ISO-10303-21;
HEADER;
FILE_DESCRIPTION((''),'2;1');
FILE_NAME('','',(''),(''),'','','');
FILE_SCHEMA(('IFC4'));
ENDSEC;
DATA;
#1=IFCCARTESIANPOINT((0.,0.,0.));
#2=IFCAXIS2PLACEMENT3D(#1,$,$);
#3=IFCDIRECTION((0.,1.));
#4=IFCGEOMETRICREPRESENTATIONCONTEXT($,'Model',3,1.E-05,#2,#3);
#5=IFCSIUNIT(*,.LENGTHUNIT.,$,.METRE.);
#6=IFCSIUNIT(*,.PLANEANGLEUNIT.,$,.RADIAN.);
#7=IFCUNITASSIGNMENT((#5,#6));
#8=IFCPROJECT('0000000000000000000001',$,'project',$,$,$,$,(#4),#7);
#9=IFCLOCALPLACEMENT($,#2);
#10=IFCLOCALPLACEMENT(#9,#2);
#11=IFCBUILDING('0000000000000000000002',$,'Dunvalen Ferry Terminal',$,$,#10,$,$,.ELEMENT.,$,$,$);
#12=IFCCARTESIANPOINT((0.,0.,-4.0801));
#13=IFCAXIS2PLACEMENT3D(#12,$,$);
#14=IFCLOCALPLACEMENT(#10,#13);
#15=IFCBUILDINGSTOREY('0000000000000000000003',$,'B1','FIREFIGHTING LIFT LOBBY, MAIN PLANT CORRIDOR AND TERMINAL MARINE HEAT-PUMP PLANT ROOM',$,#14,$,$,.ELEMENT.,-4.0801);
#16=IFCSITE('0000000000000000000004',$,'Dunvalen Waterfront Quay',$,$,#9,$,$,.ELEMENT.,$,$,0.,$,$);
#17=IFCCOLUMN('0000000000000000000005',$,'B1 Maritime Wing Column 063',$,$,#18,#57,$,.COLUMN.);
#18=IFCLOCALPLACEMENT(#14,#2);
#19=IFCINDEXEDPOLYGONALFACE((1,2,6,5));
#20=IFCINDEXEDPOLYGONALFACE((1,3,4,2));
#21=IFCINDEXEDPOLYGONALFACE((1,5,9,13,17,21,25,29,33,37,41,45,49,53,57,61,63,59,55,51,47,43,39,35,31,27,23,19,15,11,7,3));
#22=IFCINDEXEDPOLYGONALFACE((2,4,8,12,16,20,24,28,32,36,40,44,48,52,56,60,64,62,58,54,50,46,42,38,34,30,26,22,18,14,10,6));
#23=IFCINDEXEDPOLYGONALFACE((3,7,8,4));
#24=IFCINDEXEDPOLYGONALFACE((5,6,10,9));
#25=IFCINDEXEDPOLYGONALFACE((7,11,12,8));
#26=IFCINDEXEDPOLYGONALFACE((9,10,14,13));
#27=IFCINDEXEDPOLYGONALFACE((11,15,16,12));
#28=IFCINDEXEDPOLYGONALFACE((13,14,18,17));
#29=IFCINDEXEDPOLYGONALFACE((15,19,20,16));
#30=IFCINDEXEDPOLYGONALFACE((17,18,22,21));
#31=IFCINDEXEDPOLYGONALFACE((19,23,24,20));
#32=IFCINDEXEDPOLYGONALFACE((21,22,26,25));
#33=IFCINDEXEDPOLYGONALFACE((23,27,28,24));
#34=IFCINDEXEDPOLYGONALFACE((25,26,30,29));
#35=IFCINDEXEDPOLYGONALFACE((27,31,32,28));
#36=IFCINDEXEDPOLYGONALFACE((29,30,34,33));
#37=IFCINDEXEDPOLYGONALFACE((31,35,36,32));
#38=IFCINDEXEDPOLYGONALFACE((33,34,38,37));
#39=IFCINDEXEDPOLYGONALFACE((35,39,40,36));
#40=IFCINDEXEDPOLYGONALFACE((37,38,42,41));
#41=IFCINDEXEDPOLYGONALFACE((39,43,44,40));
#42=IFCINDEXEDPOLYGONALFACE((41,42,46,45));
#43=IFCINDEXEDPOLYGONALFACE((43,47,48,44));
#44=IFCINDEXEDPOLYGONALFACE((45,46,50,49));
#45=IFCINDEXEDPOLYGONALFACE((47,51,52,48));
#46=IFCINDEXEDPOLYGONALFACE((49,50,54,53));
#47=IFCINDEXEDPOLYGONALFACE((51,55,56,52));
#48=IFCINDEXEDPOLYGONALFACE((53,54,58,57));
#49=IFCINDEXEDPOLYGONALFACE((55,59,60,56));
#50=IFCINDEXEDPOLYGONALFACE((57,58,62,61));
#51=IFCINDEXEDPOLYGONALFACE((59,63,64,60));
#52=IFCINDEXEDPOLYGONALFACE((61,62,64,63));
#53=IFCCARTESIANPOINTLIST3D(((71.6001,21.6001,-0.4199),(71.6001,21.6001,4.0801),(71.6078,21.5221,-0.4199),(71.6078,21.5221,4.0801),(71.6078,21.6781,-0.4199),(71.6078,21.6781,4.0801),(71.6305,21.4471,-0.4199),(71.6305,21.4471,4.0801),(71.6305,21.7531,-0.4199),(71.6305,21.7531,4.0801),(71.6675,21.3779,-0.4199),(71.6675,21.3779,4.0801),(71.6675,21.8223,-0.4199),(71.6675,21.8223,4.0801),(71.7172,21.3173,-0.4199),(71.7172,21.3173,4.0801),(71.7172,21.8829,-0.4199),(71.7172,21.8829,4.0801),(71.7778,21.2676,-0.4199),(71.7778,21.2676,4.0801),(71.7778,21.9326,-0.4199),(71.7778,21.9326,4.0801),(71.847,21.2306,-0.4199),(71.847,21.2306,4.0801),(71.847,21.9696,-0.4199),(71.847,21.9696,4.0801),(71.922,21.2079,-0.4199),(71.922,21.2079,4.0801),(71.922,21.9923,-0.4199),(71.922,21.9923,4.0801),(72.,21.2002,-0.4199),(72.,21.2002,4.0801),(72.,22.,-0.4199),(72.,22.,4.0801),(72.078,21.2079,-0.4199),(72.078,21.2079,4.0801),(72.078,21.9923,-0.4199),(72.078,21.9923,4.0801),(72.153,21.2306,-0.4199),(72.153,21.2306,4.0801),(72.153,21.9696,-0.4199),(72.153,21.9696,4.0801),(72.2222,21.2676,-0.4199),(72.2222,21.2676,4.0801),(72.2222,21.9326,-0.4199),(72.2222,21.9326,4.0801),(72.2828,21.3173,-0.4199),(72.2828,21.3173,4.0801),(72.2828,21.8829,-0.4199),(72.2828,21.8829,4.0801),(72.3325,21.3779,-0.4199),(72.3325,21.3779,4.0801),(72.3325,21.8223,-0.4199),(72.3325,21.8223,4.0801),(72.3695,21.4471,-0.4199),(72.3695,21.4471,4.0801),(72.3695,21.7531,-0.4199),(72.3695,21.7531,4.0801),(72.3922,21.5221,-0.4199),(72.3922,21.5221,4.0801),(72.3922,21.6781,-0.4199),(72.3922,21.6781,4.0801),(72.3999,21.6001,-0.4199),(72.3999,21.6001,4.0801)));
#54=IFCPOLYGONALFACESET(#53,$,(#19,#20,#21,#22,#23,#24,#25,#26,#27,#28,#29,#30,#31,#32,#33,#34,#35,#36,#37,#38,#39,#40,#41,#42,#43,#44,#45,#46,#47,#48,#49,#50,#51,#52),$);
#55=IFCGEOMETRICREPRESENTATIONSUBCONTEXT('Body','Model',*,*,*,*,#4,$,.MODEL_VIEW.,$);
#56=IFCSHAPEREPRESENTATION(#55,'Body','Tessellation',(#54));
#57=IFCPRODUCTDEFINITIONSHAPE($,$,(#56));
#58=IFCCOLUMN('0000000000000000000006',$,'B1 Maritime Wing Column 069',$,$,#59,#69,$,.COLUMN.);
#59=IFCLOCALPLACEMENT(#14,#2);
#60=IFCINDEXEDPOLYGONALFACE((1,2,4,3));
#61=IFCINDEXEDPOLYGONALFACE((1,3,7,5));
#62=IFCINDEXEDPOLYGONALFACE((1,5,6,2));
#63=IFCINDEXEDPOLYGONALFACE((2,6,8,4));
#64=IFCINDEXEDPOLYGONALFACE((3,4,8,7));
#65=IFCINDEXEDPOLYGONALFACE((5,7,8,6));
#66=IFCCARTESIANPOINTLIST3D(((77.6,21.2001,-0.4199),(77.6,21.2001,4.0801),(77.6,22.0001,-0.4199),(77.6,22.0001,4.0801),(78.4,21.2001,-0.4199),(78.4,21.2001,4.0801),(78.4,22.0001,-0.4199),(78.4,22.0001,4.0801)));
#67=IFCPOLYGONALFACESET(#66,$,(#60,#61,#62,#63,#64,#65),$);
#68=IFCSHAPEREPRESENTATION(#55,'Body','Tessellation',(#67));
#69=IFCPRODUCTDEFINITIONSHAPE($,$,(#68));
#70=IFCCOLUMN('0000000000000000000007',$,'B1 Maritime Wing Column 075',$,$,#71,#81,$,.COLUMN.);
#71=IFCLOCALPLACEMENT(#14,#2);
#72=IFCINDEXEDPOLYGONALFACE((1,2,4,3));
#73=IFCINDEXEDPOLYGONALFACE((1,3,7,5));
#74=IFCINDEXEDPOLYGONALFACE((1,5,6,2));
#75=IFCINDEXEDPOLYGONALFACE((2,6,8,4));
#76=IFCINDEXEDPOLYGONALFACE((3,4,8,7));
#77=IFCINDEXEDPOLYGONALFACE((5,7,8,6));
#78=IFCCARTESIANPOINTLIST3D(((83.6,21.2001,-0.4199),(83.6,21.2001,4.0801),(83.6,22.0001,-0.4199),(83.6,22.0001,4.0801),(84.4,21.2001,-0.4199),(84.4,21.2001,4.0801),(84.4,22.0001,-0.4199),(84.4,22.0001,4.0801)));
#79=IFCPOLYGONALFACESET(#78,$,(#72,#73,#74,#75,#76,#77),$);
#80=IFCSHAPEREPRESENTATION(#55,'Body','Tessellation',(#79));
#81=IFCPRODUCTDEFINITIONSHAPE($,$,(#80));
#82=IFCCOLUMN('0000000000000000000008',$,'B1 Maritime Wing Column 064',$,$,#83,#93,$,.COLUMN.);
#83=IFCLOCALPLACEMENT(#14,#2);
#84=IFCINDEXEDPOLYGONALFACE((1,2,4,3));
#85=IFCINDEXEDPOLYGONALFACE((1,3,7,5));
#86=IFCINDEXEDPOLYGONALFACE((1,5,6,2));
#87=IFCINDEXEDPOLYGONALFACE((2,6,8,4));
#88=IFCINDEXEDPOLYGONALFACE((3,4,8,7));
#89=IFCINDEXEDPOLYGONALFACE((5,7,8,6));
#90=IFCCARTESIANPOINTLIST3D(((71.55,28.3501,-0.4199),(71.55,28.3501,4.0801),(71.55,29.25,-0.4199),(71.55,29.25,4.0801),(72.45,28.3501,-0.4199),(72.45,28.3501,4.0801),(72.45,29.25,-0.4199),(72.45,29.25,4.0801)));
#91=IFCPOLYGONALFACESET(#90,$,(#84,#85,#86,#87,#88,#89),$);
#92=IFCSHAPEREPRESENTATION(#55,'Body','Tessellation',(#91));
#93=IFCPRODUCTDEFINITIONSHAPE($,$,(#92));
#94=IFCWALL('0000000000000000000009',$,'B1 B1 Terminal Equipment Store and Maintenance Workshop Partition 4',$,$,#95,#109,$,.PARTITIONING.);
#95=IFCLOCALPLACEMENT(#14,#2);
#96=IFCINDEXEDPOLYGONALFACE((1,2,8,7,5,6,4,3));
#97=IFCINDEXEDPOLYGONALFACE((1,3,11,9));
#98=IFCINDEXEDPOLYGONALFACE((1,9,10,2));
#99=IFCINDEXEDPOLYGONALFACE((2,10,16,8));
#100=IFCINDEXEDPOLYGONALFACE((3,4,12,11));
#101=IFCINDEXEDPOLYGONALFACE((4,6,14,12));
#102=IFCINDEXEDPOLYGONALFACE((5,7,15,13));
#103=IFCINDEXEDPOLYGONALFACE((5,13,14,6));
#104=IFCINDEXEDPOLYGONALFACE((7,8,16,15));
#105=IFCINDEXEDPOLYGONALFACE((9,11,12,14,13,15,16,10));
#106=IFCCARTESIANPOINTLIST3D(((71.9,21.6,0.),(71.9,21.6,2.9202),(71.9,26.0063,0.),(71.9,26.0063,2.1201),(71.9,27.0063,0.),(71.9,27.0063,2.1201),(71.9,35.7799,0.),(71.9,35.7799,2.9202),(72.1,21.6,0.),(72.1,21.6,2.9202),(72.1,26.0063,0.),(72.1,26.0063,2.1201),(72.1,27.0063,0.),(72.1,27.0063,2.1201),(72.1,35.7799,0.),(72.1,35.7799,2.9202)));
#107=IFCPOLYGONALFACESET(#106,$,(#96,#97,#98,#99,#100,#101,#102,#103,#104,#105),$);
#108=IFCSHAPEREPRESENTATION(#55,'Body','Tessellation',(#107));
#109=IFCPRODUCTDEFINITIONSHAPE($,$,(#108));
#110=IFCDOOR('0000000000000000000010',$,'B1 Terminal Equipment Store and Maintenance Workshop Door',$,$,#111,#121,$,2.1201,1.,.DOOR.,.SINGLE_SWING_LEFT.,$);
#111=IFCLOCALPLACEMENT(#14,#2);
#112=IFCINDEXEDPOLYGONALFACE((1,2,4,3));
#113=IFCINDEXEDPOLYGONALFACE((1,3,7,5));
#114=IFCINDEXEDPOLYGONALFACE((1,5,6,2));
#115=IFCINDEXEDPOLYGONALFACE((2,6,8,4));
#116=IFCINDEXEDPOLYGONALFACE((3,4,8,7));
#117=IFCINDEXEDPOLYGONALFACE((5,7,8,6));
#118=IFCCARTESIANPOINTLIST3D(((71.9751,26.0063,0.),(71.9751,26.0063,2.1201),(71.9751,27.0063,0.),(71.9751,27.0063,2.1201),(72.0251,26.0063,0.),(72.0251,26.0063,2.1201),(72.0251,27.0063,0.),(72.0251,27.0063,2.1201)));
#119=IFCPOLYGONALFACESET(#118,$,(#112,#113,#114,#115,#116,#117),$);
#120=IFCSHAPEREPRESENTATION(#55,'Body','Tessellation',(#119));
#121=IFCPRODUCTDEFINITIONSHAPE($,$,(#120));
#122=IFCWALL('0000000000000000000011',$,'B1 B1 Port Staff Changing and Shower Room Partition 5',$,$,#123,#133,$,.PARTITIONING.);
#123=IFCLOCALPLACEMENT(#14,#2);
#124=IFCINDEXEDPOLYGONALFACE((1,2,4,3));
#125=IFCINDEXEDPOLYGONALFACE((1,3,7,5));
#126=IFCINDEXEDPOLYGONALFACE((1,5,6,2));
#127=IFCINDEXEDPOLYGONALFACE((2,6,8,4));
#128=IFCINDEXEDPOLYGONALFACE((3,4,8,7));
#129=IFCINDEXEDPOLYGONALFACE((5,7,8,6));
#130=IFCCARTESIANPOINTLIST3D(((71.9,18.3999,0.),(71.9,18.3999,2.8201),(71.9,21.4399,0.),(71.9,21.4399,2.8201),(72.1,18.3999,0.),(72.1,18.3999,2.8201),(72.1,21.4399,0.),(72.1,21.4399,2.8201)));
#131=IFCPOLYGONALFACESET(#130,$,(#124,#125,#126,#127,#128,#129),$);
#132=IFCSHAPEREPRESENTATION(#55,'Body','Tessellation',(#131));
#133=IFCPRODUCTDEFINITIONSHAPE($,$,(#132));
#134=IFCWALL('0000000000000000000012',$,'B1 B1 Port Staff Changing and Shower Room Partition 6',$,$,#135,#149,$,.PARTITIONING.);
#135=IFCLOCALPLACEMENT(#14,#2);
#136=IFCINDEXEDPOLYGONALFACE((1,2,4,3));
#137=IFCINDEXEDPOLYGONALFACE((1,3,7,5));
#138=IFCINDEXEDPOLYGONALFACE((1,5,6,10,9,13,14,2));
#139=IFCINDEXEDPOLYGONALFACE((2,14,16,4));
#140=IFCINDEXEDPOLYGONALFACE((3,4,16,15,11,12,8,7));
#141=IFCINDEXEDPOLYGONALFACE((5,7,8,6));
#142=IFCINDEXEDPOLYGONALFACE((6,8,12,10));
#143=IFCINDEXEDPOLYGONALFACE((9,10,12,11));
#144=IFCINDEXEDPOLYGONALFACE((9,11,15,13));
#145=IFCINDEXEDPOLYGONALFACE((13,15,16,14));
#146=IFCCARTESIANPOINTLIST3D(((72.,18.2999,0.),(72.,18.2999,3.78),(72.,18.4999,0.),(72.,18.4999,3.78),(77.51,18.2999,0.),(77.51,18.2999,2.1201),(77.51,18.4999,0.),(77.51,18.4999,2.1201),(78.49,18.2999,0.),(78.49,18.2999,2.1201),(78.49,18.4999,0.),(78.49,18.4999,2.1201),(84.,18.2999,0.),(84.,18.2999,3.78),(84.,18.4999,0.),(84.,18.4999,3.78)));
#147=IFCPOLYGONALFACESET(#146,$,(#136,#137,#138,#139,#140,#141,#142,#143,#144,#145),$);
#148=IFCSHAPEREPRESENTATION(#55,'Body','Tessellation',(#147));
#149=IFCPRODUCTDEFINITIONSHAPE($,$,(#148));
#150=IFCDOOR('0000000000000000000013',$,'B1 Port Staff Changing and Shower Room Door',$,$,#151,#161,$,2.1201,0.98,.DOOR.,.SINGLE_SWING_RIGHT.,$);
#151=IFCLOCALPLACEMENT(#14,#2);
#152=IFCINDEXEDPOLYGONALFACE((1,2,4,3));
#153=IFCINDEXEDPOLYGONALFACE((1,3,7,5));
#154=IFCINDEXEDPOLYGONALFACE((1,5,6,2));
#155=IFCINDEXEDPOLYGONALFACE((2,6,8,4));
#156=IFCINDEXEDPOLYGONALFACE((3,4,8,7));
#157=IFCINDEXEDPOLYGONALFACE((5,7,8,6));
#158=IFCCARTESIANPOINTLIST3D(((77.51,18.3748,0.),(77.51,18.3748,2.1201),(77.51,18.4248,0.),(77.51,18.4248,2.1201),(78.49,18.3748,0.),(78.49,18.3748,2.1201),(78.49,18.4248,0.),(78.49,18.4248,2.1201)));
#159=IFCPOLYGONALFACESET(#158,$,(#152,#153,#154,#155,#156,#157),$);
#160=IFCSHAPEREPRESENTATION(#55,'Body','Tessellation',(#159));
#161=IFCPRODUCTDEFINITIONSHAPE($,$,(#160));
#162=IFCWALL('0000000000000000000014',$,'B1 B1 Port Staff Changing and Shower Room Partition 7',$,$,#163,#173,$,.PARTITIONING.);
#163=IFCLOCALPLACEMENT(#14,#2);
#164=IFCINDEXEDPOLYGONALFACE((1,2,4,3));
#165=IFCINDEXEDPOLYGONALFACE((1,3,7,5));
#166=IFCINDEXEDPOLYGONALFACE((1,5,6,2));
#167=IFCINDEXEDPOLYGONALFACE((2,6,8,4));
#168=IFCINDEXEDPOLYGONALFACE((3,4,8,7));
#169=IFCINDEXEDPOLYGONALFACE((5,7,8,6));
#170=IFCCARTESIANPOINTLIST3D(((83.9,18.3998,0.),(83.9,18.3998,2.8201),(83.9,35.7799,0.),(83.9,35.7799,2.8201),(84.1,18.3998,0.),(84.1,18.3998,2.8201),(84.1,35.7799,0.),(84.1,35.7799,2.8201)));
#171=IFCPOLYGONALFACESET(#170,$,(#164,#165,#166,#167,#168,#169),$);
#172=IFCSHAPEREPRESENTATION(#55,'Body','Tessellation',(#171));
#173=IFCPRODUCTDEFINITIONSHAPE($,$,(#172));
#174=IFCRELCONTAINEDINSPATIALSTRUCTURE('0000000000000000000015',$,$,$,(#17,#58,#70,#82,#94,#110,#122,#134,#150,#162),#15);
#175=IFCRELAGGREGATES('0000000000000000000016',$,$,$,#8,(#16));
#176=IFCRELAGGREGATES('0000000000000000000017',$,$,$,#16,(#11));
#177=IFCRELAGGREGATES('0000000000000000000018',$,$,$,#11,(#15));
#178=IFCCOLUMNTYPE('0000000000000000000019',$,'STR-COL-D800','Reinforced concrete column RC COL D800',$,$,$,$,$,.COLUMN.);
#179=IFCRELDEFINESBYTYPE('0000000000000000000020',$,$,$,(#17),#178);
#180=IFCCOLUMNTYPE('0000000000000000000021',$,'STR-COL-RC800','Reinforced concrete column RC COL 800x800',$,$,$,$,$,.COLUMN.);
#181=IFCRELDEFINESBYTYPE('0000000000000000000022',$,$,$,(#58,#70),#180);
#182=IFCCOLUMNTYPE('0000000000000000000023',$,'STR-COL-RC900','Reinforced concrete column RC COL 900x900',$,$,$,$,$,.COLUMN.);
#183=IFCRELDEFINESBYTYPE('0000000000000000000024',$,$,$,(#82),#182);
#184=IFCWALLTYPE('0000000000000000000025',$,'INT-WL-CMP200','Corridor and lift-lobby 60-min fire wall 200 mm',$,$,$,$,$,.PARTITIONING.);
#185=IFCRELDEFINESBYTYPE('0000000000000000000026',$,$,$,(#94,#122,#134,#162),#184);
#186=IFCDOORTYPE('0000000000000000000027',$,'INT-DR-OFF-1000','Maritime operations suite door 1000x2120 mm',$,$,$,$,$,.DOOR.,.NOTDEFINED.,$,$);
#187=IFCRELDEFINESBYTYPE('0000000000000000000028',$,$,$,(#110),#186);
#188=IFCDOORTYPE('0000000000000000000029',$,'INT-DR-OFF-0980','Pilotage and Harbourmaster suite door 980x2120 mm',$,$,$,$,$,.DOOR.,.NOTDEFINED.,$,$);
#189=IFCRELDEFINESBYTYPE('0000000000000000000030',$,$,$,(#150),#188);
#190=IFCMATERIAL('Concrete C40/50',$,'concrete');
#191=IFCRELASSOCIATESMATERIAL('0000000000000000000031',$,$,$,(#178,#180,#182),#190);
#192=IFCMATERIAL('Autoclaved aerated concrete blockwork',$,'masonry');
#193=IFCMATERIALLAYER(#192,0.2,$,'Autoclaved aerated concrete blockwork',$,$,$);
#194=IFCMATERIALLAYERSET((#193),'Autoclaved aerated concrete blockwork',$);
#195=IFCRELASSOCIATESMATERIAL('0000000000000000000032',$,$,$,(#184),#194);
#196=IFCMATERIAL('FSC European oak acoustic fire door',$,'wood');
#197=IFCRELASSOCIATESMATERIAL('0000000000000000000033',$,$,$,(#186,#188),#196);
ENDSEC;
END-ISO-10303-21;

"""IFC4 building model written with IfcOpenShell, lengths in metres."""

from ifc_helpers import new_model, si_unit, direction, frame, frame_2d, origin, origin_2d, place, context, subcontext, project, spatial, rectangle, circle, extrude, material, layer, layer_set, material_profile, profile_set, type_object, element, fill, save


model = new_model("IFC4")

# Units and contexts
model_context = context("Model", 3, precision=1e-05, world=origin(), true_north=direction((0.0, 1.0)))
body_context = subcontext(model_context, "Body", "Model", "MODEL_VIEW")
ifc_project = project(units=[si_unit("LENGTHUNIT", "METRE"), si_unit("PLANEANGLEUNIT", "RADIAN")], contexts=[model_context])

# Site, building, storey
site_placement = place(None, origin())
site = spatial("IfcSite", under=ifc_project, at=site_placement, Name="Dunvalen Waterfront Quay", CompositionType="ELEMENT", RefElevation=0.0)
building_placement = place(site_placement, origin())
building = spatial("IfcBuilding", under=site, at=building_placement, Name="Dunvalen Ferry Terminal", CompositionType="ELEMENT")
storey_placement = place(building_placement, frame((0.0, 0.0, -4.0801)))
storey = spatial("IfcBuildingStorey", under=building, at=storey_placement, Name="B1", Description="FIREFIGHTING LIFT LOBBY, MAIN PLANT CORRIDOR AND TERMINAL MARINE HEAT-PUMP PLANT ROOM", CompositionType="ELEMENT", Elevation=-4.0801)

# Shared definitions
ifc_material_1 = material(Name="Concrete C40/50", Category="concrete")

# Columns
ifc_material_profile_1 = material_profile(ifc_material_1, circle(Radius=0.3999, at=origin_2d()), Name="Concrete C40/50")
ifc_profile_set_1 = profile_set([ifc_material_profile_1], Name="Concrete C40/50")
column_type_1 = type_object("IfcColumnType", Name="STR-COL-D800", Description="Reinforced concrete column RC COL D800", PredefinedType="COLUMN", material=ifc_profile_set_1)
column_1_placement = place(storey_placement, frame((72.0, 21.6001, -0.4199), z_axis=(0.0, 0.0, 1.0), x_axis=(1.0, 0.0, 0.0)))
element("IfcColumn", 1, at=column_1_placement, inside=storey, type_object=column_type_1, Name="B1 Maritime Wing Column 063", PredefinedType="COLUMN", context=body_context, shape_type="SweptSolid", body=[
    extrude(circle(Radius=0.3999, at=origin_2d()), origin(), (0.0, 0.0, 1.0), 4.5),
])
ifc_material_profile_2 = material_profile(ifc_material_1, rectangle(XDim=0.8, YDim=0.8, at=origin_2d()), Name="Concrete C40/50")
ifc_profile_set_2 = profile_set([ifc_material_profile_2], Name="Concrete C40/50")
column_type_2 = type_object("IfcColumnType", Name="STR-COL-RC800", Description="Reinforced concrete column RC COL 800x800", PredefinedType="COLUMN", material=ifc_profile_set_2)
for number, where, z_axis, x_axis, name in (
    (2, (78.0, 21.6001, -0.4199), (0.0, 0.0, 1.0), (1.0, 0.0, 0.0), "B1 Maritime Wing Column 069"),
    (3, (84.0, 21.6001, -0.4199), (0.0, 0.0, 1.0), (1.0, 0.0, 0.0), "B1 Maritime Wing Column 075"),
):
    element("IfcColumn", number, at=place(storey_placement, frame(where, z_axis=z_axis, x_axis=x_axis)), inside=storey, type_object=column_type_2, Name=name, PredefinedType="COLUMN", context=body_context, shape_type="SweptSolid", body=[
        extrude(rectangle(XDim=0.8, YDim=0.8, at=origin_2d()), origin(), (0.0, 0.0, 1.0), 4.5),
    ])
ifc_material_profile_3 = material_profile(ifc_material_1, rectangle(XDim=0.8999, YDim=0.8999, at=origin_2d()), Name="Concrete C40/50")
ifc_profile_set_3 = profile_set([ifc_material_profile_3], Name="Concrete C40/50")
column_type_3 = type_object("IfcColumnType", Name="STR-COL-RC900", Description="Reinforced concrete column RC COL 900x900", PredefinedType="COLUMN", material=ifc_profile_set_3)
column_2_placement = place(storey_placement, frame((72.0, 28.8, -0.4199), z_axis=(0.0, 0.0, 1.0), x_axis=(1.0, 0.0, 0.0)))
element("IfcColumn", 4, at=column_2_placement, inside=storey, type_object=column_type_3, Name="B1 Maritime Wing Column 064", PredefinedType="COLUMN", context=body_context, shape_type="SweptSolid", body=[
    extrude(rectangle(XDim=0.8999, YDim=0.8999, at=origin_2d()), origin(), (0.0, 0.0, 1.0), 4.5),
])

# Wall, opening, door
ifc_material_2 = material(Name="Autoclaved aerated concrete blockwork", Category="masonry")
ifc_layer = layer(ifc_material_2, 0.2, Name="Autoclaved aerated concrete blockwork")
ifc_layer_set = layer_set([ifc_layer], Name="Autoclaved aerated concrete blockwork")
wall_type = type_object("IfcWallType", Name="INT-WL-CMP200", Description="Corridor and lift-lobby 60-min fire wall 200 mm", PredefinedType="PARTITIONING", material=ifc_layer_set)
wall_1_placement = place(storey_placement, frame((72.0, 21.6001, 0.0), z_axis=(0.0, 0.0, 1.0), x_axis=(0.0, 1.0, 0.0)))
wall_1 = element("IfcWall", 5, at=wall_1_placement, inside=storey, type_object=wall_type, Name="B1 B1 Terminal Equipment Store and Maintenance Workshop Partition 4", PredefinedType="PARTITIONING", context=body_context, shape_type="SweptSolid", body=[
    extrude(rectangle(XDim=14.1799, YDim=0.2, at=frame_2d((7.0898, 0.0))), origin(), (0.0, 0.0, 1.0), 2.9202),
])
opening_1_placement = place(wall_1_placement, frame((4.4062, 0.0, 0.0)))
opening_1 = element("IfcOpeningElement", 6, at=opening_1_placement, cuts=wall_1, PredefinedType="OPENING", context=body_context, shape_type="SweptSolid", body=[
    extrude(rectangle(XDim=1.0, YDim=2.1201, at=frame_2d((0.5, 1.0601))), frame((0.0, 0.1099, 0.0), z_axis=(0.0, -1.0, 0.0), x_axis=(1.0, 0.0, 0.0)), (0.0, 0.0, 1.0), 0.22),
])
ifc_material_3 = material(Name="FSC European oak acoustic fire door", Category="wood")
door_type_1 = type_object("IfcDoorType", Name="INT-DR-OFF-1000", Description="Maritime operations suite door 1000x2120 mm", OperationType="NOTDEFINED", PredefinedType="DOOR", material=ifc_material_3)
door_1_placement = place(opening_1_placement, origin())
door_1 = element("IfcDoor", 7, at=door_1_placement, inside=storey, type_object=door_type_1, Name="B1 Terminal Equipment Store and Maintenance Workshop Door", OperationType="SINGLE_SWING_LEFT", OverallHeight=2.1201, OverallWidth=1.0, PredefinedType="DOOR", context=body_context, shape_type="SweptSolid", body=[
    extrude(rectangle(XDim=1.0, YDim=2.1201, at=frame_2d((0.5, 1.0601))), frame((0.0, 0.0249, 0.0), z_axis=(0.0, -1.0, 0.0), x_axis=(1.0, 0.0, 0.0)), (0.0, 0.0, 1.0), 0.05),
])
fill(opening_1, door_1)

# Wall
wall_2_placement = place(storey_placement, frame((72.0, 21.4399, 0.0), z_axis=(0.0, 0.0, 1.0), x_axis=(0.0, -1.0, 0.0)))
element("IfcWall", 8, at=wall_2_placement, inside=storey, type_object=wall_type, Name="B1 B1 Port Staff Changing and Shower Room Partition 5", PredefinedType="PARTITIONING", context=body_context, shape_type="SweptSolid", body=[
    extrude(rectangle(XDim=3.04, YDim=0.2, at=frame_2d((1.52, 0.0))), origin(), (0.0, 0.0, 1.0), 2.8201),
])

# Wall, opening, door
wall_3_placement = place(storey_placement, frame((72.0, 18.3999, 0.0), z_axis=(0.0, 0.0, 1.0), x_axis=(1.0, 0.0, 0.0)))
wall_3 = element("IfcWall", 9, at=wall_3_placement, inside=storey, type_object=wall_type, Name="B1 B1 Port Staff Changing and Shower Room Partition 6", PredefinedType="PARTITIONING", context=body_context, shape_type="SweptSolid", body=[
    extrude(rectangle(XDim=12.0, YDim=0.2, at=frame_2d((6.0, 0.0))), origin(), (0.0, 0.0, 1.0), 3.78),
])
opening_2_placement = place(wall_3_placement, frame((5.51, 0.0, 0.0)))
opening_2 = element("IfcOpeningElement", 10, at=opening_2_placement, cuts=wall_3, PredefinedType="OPENING", context=body_context, shape_type="SweptSolid", body=[
    extrude(rectangle(XDim=0.98, YDim=2.1201, at=frame_2d((0.49, 1.0601))), frame((0.0, 0.1099, 0.0), z_axis=(0.0, -1.0, 0.0), x_axis=(1.0, 0.0, 0.0)), (0.0, 0.0, 1.0), 0.22),
])
door_type_2 = type_object("IfcDoorType", Name="INT-DR-OFF-0980", Description="Pilotage and Harbourmaster suite door 980x2120 mm", OperationType="NOTDEFINED", PredefinedType="DOOR", material=ifc_material_3)
door_2_placement = place(opening_2_placement, origin())
door_2 = element("IfcDoor", 11, at=door_2_placement, inside=storey, type_object=door_type_2, Name="B1 Port Staff Changing and Shower Room Door", OperationType="SINGLE_SWING_RIGHT", OverallHeight=2.1201, OverallWidth=0.98, PredefinedType="DOOR", context=body_context, shape_type="SweptSolid", body=[
    extrude(rectangle(XDim=0.98, YDim=2.1201, at=frame_2d((0.49, 1.0601))), frame((0.0, 0.0249, 0.0), z_axis=(0.0, -1.0, 0.0), x_axis=(1.0, 0.0, 0.0)), (0.0, 0.0, 1.0), 0.05),
])
fill(opening_2, door_2)

# Wall
wall_4_placement = place(storey_placement, frame((84.0, 18.3999, 0.0), z_axis=(0.0, 0.0, 1.0), x_axis=(0.0, 1.0, 0.0)))
element("IfcWall", 12, at=wall_4_placement, inside=storey, type_object=wall_type, Name="B1 B1 Port Staff Changing and Shower Room Partition 7", PredefinedType="PARTITIONING", context=body_context, shape_type="SweptSolid", body=[
    extrude(rectangle(XDim=17.3801, YDim=0.2, at=frame_2d((8.6899, 0.0))), origin(), (0.0, 0.0, 1.0), 2.8201),
])

save(model, "model.ifc")
